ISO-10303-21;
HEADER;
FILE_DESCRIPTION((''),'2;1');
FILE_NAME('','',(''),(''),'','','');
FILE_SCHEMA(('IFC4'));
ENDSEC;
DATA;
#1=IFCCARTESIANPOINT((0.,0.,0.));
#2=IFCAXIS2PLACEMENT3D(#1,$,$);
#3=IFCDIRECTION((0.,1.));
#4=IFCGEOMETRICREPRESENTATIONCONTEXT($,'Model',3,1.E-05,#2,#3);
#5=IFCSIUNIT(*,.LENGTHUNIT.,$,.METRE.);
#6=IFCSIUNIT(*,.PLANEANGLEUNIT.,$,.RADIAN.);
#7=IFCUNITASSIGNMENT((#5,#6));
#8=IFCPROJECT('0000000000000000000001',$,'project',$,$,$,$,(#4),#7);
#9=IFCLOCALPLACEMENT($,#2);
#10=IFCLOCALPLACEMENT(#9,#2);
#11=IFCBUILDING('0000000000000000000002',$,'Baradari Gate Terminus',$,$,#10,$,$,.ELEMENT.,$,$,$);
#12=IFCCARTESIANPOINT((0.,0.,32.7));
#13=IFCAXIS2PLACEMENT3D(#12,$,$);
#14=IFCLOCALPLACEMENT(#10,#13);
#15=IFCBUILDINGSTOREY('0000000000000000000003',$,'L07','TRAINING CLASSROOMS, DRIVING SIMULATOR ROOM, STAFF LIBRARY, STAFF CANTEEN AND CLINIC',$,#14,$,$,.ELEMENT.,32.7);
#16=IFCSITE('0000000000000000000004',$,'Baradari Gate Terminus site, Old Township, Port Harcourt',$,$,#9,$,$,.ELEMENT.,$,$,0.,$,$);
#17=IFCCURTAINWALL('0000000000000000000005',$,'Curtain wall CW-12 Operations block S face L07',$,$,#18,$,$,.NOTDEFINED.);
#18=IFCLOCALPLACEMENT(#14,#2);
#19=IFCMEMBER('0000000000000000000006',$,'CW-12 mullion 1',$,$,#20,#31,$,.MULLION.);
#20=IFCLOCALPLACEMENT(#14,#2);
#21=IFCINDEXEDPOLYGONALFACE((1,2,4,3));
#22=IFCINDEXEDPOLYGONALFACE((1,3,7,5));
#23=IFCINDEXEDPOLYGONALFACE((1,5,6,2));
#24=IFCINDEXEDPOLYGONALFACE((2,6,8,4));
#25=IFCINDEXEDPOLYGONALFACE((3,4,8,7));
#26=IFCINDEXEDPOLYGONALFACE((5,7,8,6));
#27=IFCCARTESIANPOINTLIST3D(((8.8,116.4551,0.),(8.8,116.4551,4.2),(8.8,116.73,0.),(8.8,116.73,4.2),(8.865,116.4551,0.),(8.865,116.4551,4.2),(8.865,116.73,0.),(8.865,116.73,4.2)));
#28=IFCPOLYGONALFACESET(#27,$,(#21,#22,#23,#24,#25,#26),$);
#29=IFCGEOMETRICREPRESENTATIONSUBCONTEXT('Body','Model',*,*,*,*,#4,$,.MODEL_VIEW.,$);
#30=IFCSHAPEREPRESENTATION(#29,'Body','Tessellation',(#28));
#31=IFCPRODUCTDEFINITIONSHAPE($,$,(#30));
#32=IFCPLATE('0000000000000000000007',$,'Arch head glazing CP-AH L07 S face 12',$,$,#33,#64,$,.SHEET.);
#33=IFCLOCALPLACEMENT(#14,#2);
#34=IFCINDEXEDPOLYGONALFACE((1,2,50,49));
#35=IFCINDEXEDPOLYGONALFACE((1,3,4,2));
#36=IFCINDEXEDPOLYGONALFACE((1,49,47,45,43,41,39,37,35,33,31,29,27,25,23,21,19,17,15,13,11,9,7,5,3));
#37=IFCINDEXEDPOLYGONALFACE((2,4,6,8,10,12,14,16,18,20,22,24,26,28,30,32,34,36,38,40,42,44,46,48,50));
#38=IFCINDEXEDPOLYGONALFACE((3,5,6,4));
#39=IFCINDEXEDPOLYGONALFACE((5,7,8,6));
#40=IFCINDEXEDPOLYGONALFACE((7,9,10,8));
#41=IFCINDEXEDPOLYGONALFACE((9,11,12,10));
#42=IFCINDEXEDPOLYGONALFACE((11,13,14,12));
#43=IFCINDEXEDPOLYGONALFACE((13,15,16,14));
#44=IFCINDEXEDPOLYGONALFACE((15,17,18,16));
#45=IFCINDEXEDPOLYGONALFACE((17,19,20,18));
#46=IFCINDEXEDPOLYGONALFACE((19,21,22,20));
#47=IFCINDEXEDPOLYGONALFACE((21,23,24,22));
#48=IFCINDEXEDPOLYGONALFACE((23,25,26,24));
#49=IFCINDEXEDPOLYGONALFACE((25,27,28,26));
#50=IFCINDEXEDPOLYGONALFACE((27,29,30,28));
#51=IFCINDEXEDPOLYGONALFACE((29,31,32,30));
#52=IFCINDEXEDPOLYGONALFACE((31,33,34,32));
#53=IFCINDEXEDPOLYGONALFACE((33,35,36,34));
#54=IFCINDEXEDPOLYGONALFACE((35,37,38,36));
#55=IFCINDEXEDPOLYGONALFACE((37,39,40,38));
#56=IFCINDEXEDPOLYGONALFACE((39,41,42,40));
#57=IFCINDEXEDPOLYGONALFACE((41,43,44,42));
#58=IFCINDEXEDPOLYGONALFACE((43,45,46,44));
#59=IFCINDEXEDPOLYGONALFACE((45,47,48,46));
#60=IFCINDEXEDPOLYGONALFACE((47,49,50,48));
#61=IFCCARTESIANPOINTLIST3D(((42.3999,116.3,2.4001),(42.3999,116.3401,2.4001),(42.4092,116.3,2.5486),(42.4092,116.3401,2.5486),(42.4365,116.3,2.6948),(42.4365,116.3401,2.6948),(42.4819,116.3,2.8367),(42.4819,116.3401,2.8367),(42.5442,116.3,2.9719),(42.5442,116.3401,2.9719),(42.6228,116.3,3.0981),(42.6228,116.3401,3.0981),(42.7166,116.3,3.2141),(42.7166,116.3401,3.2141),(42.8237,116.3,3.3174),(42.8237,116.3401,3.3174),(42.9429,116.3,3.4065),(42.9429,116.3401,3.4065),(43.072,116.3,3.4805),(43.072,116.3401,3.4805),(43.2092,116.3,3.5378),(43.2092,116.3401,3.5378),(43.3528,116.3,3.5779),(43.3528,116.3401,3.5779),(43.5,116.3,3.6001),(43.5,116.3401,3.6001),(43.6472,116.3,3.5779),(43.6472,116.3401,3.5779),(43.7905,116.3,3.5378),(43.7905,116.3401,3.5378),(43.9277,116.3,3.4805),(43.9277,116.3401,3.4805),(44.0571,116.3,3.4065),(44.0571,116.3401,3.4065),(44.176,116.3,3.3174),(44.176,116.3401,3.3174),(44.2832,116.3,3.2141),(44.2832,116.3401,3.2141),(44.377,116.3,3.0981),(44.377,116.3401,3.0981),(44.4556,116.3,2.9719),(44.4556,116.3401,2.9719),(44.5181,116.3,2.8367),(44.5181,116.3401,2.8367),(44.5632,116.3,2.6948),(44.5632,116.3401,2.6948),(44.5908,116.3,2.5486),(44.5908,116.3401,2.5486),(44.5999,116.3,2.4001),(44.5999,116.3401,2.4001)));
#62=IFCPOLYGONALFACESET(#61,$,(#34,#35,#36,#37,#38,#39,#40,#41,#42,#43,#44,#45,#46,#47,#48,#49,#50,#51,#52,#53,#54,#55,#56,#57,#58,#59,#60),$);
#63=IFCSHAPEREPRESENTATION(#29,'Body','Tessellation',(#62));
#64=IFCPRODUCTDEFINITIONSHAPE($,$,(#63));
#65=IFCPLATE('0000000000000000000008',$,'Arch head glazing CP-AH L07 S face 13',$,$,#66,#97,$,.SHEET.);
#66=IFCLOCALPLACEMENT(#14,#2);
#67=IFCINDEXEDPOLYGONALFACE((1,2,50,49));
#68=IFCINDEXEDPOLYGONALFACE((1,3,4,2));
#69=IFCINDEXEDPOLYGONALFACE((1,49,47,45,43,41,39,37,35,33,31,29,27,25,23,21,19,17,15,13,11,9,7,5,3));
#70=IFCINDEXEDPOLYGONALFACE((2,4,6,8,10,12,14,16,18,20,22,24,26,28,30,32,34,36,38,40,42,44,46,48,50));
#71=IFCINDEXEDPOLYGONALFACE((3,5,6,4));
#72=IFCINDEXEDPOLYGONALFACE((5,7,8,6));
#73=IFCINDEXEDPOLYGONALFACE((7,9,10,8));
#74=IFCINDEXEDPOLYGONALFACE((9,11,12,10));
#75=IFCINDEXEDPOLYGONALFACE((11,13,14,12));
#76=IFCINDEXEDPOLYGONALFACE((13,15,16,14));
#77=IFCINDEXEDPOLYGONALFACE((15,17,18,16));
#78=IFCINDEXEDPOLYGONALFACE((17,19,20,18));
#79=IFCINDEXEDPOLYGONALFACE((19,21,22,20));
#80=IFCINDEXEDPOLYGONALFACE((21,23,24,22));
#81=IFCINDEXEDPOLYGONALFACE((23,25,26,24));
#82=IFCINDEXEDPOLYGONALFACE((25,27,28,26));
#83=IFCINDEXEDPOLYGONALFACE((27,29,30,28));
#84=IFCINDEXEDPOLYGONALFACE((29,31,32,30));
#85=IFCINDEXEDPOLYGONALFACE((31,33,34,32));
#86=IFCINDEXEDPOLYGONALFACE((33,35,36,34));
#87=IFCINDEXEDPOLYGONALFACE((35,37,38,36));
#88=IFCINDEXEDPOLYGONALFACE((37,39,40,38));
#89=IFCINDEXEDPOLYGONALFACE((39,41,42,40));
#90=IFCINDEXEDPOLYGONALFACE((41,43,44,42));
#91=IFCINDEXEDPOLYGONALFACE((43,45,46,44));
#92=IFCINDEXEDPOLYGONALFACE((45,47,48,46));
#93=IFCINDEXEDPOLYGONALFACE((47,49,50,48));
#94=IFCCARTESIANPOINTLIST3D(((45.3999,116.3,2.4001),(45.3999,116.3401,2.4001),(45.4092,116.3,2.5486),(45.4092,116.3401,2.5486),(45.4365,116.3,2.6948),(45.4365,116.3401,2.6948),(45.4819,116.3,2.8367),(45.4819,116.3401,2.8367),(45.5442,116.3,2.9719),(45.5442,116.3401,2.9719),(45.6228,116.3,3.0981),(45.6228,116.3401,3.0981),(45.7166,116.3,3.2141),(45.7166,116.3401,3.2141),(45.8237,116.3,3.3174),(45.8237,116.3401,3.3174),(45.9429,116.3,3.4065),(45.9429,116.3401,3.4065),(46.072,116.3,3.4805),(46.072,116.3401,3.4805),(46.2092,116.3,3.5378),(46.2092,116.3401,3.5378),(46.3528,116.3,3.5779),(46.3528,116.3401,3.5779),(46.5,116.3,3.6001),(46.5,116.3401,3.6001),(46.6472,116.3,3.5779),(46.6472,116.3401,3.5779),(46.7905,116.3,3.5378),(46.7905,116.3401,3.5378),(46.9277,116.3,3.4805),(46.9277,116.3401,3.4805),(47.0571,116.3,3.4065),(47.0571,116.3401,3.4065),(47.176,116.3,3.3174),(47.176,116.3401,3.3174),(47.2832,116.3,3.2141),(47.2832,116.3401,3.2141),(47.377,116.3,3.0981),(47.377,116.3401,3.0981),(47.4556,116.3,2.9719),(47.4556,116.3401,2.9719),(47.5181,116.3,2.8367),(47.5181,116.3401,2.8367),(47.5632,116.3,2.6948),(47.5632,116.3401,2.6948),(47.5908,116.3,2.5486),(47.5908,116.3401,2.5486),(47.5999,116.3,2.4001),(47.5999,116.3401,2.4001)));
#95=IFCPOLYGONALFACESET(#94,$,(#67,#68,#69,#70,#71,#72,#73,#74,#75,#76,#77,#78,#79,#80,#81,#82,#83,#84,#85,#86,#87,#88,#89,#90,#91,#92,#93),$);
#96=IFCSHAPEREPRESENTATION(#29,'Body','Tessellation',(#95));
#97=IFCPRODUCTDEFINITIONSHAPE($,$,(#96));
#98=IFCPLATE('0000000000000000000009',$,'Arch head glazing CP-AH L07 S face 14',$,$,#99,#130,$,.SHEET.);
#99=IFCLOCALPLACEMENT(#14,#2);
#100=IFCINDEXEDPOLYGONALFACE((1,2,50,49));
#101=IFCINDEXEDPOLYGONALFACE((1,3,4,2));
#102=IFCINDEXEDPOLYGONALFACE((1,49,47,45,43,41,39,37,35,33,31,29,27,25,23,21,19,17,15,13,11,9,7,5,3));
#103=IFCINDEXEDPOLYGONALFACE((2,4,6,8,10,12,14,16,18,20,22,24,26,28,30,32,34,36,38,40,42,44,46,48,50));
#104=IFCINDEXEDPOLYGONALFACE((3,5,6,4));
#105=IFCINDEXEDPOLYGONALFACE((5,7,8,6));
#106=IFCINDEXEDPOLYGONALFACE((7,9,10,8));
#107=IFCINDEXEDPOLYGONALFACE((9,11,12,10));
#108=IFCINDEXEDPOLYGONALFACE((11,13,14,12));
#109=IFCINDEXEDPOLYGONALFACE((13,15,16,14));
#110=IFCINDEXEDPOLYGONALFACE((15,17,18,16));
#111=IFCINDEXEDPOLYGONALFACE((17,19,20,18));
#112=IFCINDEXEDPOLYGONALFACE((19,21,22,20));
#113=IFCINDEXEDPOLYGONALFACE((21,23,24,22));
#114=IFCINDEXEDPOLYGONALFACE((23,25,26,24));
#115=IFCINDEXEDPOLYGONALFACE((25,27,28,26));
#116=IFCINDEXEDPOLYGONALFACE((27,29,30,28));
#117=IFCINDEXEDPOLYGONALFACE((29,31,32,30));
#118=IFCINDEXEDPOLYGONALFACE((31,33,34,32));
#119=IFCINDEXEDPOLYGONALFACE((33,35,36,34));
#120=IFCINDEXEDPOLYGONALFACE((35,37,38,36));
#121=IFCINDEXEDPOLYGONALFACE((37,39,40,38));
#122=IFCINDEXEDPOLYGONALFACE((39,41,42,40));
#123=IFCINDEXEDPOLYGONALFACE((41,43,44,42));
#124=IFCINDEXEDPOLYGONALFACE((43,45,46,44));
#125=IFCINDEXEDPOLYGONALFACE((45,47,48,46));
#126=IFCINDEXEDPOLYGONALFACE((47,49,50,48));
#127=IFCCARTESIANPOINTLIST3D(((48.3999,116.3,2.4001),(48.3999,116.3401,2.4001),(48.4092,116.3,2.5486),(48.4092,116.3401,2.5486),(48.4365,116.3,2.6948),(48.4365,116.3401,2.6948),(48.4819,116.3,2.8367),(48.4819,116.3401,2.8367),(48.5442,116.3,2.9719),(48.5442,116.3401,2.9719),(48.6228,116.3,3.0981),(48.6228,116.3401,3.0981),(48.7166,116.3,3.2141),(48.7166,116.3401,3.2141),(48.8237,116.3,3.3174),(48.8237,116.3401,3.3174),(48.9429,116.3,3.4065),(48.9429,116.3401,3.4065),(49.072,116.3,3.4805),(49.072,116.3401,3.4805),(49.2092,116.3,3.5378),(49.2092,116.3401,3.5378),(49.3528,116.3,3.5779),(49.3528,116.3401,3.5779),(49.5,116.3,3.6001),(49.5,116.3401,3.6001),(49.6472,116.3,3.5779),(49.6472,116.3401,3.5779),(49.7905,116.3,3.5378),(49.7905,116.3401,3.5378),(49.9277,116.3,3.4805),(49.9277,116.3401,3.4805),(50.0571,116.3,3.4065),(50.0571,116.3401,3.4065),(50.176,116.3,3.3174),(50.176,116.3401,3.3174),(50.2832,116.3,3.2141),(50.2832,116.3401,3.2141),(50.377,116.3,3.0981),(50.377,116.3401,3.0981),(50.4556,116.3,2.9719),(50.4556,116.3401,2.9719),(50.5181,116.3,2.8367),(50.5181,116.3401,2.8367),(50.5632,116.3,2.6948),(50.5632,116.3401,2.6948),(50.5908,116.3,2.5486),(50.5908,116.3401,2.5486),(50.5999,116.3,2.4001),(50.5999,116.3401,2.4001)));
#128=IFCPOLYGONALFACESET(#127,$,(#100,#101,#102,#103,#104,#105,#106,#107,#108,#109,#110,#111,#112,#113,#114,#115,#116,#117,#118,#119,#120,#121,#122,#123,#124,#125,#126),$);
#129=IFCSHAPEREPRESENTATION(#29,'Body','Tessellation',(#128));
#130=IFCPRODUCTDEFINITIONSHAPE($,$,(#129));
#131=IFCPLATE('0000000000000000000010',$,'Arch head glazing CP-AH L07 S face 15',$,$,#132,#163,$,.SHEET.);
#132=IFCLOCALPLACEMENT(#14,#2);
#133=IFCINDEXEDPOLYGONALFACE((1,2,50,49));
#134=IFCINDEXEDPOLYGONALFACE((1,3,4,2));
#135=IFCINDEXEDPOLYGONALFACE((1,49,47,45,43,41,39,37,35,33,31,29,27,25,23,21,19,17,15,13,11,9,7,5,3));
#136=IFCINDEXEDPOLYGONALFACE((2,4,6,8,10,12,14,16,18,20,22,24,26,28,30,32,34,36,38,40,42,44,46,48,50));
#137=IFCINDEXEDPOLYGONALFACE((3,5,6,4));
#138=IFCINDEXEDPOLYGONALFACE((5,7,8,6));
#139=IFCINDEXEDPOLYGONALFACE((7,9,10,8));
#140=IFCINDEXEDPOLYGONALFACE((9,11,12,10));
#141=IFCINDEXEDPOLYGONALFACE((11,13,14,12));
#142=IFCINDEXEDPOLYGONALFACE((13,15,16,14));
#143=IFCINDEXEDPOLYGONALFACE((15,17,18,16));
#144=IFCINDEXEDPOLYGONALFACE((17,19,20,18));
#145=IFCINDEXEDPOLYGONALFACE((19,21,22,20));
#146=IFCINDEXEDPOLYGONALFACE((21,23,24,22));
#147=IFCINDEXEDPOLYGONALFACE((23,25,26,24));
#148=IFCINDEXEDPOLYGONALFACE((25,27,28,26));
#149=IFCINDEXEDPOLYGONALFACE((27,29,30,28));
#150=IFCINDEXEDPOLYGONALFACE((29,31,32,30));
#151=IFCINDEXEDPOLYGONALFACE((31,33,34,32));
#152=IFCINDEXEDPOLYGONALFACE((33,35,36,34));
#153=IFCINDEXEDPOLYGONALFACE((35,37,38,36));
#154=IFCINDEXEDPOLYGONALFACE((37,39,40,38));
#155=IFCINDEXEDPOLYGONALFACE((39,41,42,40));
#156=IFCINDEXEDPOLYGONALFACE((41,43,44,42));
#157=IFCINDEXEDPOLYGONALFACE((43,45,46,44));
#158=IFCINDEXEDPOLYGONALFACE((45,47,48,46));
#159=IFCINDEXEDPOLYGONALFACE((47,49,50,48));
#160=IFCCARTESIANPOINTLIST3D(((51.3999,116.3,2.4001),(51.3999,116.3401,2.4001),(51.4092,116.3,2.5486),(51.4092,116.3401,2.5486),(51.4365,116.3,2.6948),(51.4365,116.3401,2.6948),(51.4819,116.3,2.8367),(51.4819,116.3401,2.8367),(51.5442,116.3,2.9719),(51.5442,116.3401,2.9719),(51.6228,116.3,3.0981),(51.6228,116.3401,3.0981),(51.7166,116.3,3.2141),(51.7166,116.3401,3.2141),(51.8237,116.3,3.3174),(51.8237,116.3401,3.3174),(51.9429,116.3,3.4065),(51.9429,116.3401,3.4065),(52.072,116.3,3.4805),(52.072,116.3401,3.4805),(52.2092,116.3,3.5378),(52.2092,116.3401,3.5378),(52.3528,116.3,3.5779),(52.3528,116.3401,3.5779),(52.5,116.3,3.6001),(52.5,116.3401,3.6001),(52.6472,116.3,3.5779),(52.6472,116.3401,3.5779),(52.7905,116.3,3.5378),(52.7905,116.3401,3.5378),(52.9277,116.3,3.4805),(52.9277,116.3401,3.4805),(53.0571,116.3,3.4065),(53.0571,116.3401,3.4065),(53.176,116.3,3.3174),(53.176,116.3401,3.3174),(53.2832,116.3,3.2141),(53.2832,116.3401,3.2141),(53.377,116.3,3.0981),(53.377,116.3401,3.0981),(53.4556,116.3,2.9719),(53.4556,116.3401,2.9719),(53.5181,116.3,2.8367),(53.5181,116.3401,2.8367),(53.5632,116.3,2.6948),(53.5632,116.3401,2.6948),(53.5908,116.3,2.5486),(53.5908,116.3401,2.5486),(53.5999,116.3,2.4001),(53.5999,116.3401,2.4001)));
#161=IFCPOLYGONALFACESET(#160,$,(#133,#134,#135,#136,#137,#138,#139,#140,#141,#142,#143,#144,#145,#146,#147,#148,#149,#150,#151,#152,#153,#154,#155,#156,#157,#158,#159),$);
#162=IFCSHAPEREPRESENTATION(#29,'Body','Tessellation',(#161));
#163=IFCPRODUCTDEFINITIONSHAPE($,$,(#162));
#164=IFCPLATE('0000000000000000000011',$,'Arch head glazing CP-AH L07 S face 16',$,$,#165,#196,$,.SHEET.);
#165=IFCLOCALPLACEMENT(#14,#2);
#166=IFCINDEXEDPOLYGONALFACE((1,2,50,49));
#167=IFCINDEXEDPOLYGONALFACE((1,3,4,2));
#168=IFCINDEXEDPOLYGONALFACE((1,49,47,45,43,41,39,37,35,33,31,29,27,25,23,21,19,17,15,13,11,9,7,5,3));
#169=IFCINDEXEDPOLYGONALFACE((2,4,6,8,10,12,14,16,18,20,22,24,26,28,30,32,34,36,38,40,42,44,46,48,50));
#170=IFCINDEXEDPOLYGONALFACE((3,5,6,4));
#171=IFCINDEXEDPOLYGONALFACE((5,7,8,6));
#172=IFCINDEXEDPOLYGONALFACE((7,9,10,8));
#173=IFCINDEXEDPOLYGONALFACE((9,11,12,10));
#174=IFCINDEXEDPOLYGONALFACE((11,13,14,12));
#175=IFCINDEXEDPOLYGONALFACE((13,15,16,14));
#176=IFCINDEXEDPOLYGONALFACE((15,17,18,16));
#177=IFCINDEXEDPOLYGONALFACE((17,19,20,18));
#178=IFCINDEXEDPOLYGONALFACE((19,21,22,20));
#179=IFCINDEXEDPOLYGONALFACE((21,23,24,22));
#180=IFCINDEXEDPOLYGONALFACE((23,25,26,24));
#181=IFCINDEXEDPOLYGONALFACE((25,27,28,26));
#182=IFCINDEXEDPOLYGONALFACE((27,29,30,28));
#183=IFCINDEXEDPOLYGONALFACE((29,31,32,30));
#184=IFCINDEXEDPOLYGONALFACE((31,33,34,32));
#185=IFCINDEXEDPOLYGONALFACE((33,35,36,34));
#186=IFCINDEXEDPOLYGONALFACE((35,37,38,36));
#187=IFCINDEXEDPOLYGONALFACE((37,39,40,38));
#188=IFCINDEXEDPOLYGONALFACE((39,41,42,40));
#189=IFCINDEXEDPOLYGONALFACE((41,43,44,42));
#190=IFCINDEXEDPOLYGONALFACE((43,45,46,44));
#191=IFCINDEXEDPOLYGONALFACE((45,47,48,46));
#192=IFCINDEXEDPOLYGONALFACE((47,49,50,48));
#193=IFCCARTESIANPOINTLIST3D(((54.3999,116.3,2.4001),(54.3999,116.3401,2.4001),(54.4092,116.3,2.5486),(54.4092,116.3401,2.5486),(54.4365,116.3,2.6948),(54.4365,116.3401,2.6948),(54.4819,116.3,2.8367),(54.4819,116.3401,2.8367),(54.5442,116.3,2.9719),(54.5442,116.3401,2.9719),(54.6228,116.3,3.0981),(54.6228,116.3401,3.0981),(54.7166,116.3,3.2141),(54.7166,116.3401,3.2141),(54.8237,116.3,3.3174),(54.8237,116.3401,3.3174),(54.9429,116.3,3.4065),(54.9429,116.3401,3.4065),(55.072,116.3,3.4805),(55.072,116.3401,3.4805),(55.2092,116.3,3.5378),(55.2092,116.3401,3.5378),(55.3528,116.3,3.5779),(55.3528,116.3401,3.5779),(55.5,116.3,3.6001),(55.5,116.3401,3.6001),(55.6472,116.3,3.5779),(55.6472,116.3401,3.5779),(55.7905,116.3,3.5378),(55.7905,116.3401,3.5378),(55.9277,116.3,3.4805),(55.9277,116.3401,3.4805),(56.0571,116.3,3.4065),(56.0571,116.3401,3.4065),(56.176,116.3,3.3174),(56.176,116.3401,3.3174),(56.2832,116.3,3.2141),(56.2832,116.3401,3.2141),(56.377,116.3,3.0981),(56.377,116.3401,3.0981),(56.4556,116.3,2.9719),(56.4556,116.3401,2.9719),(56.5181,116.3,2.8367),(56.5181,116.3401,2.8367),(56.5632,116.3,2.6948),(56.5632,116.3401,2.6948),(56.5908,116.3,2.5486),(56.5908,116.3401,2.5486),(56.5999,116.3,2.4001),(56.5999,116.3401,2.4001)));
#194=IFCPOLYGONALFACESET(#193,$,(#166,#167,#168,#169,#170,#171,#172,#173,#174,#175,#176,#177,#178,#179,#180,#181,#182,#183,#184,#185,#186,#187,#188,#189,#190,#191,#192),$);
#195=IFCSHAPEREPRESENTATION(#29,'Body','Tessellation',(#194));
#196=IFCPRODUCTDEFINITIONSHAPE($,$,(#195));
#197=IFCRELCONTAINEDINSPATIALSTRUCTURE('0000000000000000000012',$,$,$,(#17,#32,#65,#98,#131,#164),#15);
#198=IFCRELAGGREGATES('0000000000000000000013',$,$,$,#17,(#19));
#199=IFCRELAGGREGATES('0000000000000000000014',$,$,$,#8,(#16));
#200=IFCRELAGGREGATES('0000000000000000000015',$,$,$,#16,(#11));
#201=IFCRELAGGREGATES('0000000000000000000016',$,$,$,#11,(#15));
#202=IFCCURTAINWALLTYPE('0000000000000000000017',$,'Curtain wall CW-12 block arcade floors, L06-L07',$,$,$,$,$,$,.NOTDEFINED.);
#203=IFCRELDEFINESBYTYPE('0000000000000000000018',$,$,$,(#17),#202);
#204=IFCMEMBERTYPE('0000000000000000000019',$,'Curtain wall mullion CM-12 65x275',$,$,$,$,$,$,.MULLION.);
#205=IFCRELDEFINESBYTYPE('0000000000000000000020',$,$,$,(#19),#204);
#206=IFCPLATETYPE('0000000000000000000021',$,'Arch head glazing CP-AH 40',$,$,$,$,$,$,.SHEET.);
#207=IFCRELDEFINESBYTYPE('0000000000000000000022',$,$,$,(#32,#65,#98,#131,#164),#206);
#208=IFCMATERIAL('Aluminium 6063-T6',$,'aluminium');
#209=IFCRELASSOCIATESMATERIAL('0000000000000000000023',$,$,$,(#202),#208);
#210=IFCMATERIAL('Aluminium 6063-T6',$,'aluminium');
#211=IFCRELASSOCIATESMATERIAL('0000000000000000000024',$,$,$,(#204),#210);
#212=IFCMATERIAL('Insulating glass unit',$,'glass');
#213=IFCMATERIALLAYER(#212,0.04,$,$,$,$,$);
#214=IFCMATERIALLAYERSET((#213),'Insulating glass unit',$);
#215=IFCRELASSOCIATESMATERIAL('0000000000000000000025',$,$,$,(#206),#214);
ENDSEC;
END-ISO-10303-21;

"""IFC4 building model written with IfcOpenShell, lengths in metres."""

from ifc_helpers import new_model, si_unit, direction, frame, origin, origin_2d, place, context, subcontext, project, spatial, polyline, rectangle, outline, extrude, material, layer, layer_set, material_profile, profile_set, type_object, element, aggregate, save


model = new_model("IFC4")

# Units and contexts
model_context = context("Model", 3, precision=1e-05, world=origin(), true_north=direction((0.0, 1.0)))
body_context = subcontext(model_context, "Body", "Model", "MODEL_VIEW")
ifc_project = project(units=[si_unit("LENGTHUNIT", "METRE"), si_unit("PLANEANGLEUNIT", "RADIAN")], contexts=[model_context])

# Site, building, storey
site_placement = place(None, origin())
site = spatial("IfcSite", under=ifc_project, at=site_placement, Name="Baradari Gate Terminus site, Old Township, Port Harcourt", CompositionType="ELEMENT", RefElevation=0.0)
building_placement = place(site_placement, origin())
building = spatial("IfcBuilding", under=site, at=building_placement, Name="Baradari Gate Terminus", CompositionType="ELEMENT")
storey_placement = place(building_placement, frame((0.0, 0.0, 32.7)))
storey = spatial("IfcBuildingStorey", under=building, at=storey_placement, Name="L07", Description="TRAINING CLASSROOMS, DRIVING SIMULATOR ROOM, STAFF LIBRARY, STAFF CANTEEN AND CLINIC", CompositionType="ELEMENT", Elevation=32.7)

# Curtain wall, member
ifc_material_1 = material(Name="Aluminium 6063-T6", Category="aluminium")
curtain_wall_type = type_object("IfcCurtainWallType", Name="Curtain wall CW-12 block arcade floors, L06-L07", PredefinedType="NOTDEFINED", material=ifc_material_1)
curtain_wall_placement = place(storey_placement, origin())
curtain_wall = element("IfcCurtainWall", 1, at=curtain_wall_placement, inside=storey, type_object=curtain_wall_type, Name="Curtain wall CW-12 Operations block S face L07", PredefinedType="NOTDEFINED")
ifc_material_2 = material(Name="Aluminium 6063-T6", Category="aluminium")
ifc_material_profile = material_profile(ifc_material_2, rectangle(XDim=0.2749, YDim=0.0649, at=origin_2d()), Name="CM-12 65X275")
ifc_profile_set = profile_set([ifc_material_profile], Name="Aluminium 6063-T6")
member_type = type_object("IfcMemberType", Name="Curtain wall mullion CM-12 65x275", PredefinedType="MULLION", material=ifc_profile_set)
member_placement = place(storey_placement, frame((8.8325, 116.5925, 0.0), z_axis=(0.0, 0.0, 1.0), x_axis=(0.0, 1.0, 0.0)))
member = element("IfcMember", 2, at=member_placement, type_object=member_type, Name="CW-12 mullion 1", PredefinedType="MULLION", context=body_context, shape_type="SweptSolid", body=[
    extrude(rectangle(XDim=0.2749, YDim=0.0649, at=origin_2d()), origin(), (0.0, 0.0, 1.0), 4.2),
])
aggregate(curtain_wall, [member])

# Plates
ifc_material_3 = material(Name="Insulating glass unit", Category="glass")
ifc_layer = layer(ifc_material_3, 0.04)
ifc_layer_set = layer_set([ifc_layer], Name="Insulating glass unit")
plate_type = type_object("IfcPlateType", Name="Arch head glazing CP-AH 40", PredefinedType="SHEET", material=ifc_layer_set)
for number, where, z_axis, x_axis, name in (
    (3, (42.3999, 116.3201, 2.4001), (0.0, 0.0, 1.0), (1.0, 0.0, 0.0), "Arch head glazing CP-AH L07 S face 12"),
    (4, (45.3999, 116.3201, 2.4001), (0.0, 0.0, 1.0), (1.0, 0.0, 0.0), "Arch head glazing CP-AH L07 S face 13"),
    (5, (48.3999, 116.3201, 2.4001), (0.0, 0.0, 1.0), (1.0, 0.0, 0.0), "Arch head glazing CP-AH L07 S face 14"),
    (6, (51.3999, 116.3201, 2.4001), (0.0, 0.0, 1.0), (1.0, 0.0, 0.0), "Arch head glazing CP-AH L07 S face 15"),
    (7, (54.3999, 116.3201, 2.4001), (0.0, 0.0, 1.0), (1.0, 0.0, 0.0), "Arch head glazing CP-AH L07 S face 16"),
):
    element("IfcPlate", number, at=place(storey_placement, frame(where, z_axis=z_axis, x_axis=x_axis)), inside=storey, type_object=plate_type, Name=name, PredefinedType="SHEET", context=body_context, shape_type="SweptSolid", body=[
        extrude(outline(polyline([(0.0, 0.0), (2.2, 0.0), (2.1909, 0.1484), (2.1633, 0.2947), (2.1182, 0.4365), (2.0557, 0.5718), (1.9771, 0.698), (1.8833, 0.814), (1.7761, 0.9172), (1.6572, 1.0063), (1.5278, 1.0803), (1.3906, 1.1377), (1.2473, 1.1777), (1.1001, 1.2), (0.9529, 1.1777), (0.8093, 1.1377), (0.6721, 1.0803), (0.543, 1.0063), (0.4238, 0.9172), (0.3167, 0.814), (0.2229, 0.698), (0.1443, 0.5718), (0.082, 0.4365), (0.0366, 0.2947), (0.0093, 0.1484), (0.0, 0.0)])), frame((0.0, 0.02, 0.0), z_axis=(0.0, -1.0, 0.0), x_axis=(1.0, 0.0, 0.0)), (0.0, 0.0, 1.0), 0.04),
    ])

save(model, "model.ifc")
